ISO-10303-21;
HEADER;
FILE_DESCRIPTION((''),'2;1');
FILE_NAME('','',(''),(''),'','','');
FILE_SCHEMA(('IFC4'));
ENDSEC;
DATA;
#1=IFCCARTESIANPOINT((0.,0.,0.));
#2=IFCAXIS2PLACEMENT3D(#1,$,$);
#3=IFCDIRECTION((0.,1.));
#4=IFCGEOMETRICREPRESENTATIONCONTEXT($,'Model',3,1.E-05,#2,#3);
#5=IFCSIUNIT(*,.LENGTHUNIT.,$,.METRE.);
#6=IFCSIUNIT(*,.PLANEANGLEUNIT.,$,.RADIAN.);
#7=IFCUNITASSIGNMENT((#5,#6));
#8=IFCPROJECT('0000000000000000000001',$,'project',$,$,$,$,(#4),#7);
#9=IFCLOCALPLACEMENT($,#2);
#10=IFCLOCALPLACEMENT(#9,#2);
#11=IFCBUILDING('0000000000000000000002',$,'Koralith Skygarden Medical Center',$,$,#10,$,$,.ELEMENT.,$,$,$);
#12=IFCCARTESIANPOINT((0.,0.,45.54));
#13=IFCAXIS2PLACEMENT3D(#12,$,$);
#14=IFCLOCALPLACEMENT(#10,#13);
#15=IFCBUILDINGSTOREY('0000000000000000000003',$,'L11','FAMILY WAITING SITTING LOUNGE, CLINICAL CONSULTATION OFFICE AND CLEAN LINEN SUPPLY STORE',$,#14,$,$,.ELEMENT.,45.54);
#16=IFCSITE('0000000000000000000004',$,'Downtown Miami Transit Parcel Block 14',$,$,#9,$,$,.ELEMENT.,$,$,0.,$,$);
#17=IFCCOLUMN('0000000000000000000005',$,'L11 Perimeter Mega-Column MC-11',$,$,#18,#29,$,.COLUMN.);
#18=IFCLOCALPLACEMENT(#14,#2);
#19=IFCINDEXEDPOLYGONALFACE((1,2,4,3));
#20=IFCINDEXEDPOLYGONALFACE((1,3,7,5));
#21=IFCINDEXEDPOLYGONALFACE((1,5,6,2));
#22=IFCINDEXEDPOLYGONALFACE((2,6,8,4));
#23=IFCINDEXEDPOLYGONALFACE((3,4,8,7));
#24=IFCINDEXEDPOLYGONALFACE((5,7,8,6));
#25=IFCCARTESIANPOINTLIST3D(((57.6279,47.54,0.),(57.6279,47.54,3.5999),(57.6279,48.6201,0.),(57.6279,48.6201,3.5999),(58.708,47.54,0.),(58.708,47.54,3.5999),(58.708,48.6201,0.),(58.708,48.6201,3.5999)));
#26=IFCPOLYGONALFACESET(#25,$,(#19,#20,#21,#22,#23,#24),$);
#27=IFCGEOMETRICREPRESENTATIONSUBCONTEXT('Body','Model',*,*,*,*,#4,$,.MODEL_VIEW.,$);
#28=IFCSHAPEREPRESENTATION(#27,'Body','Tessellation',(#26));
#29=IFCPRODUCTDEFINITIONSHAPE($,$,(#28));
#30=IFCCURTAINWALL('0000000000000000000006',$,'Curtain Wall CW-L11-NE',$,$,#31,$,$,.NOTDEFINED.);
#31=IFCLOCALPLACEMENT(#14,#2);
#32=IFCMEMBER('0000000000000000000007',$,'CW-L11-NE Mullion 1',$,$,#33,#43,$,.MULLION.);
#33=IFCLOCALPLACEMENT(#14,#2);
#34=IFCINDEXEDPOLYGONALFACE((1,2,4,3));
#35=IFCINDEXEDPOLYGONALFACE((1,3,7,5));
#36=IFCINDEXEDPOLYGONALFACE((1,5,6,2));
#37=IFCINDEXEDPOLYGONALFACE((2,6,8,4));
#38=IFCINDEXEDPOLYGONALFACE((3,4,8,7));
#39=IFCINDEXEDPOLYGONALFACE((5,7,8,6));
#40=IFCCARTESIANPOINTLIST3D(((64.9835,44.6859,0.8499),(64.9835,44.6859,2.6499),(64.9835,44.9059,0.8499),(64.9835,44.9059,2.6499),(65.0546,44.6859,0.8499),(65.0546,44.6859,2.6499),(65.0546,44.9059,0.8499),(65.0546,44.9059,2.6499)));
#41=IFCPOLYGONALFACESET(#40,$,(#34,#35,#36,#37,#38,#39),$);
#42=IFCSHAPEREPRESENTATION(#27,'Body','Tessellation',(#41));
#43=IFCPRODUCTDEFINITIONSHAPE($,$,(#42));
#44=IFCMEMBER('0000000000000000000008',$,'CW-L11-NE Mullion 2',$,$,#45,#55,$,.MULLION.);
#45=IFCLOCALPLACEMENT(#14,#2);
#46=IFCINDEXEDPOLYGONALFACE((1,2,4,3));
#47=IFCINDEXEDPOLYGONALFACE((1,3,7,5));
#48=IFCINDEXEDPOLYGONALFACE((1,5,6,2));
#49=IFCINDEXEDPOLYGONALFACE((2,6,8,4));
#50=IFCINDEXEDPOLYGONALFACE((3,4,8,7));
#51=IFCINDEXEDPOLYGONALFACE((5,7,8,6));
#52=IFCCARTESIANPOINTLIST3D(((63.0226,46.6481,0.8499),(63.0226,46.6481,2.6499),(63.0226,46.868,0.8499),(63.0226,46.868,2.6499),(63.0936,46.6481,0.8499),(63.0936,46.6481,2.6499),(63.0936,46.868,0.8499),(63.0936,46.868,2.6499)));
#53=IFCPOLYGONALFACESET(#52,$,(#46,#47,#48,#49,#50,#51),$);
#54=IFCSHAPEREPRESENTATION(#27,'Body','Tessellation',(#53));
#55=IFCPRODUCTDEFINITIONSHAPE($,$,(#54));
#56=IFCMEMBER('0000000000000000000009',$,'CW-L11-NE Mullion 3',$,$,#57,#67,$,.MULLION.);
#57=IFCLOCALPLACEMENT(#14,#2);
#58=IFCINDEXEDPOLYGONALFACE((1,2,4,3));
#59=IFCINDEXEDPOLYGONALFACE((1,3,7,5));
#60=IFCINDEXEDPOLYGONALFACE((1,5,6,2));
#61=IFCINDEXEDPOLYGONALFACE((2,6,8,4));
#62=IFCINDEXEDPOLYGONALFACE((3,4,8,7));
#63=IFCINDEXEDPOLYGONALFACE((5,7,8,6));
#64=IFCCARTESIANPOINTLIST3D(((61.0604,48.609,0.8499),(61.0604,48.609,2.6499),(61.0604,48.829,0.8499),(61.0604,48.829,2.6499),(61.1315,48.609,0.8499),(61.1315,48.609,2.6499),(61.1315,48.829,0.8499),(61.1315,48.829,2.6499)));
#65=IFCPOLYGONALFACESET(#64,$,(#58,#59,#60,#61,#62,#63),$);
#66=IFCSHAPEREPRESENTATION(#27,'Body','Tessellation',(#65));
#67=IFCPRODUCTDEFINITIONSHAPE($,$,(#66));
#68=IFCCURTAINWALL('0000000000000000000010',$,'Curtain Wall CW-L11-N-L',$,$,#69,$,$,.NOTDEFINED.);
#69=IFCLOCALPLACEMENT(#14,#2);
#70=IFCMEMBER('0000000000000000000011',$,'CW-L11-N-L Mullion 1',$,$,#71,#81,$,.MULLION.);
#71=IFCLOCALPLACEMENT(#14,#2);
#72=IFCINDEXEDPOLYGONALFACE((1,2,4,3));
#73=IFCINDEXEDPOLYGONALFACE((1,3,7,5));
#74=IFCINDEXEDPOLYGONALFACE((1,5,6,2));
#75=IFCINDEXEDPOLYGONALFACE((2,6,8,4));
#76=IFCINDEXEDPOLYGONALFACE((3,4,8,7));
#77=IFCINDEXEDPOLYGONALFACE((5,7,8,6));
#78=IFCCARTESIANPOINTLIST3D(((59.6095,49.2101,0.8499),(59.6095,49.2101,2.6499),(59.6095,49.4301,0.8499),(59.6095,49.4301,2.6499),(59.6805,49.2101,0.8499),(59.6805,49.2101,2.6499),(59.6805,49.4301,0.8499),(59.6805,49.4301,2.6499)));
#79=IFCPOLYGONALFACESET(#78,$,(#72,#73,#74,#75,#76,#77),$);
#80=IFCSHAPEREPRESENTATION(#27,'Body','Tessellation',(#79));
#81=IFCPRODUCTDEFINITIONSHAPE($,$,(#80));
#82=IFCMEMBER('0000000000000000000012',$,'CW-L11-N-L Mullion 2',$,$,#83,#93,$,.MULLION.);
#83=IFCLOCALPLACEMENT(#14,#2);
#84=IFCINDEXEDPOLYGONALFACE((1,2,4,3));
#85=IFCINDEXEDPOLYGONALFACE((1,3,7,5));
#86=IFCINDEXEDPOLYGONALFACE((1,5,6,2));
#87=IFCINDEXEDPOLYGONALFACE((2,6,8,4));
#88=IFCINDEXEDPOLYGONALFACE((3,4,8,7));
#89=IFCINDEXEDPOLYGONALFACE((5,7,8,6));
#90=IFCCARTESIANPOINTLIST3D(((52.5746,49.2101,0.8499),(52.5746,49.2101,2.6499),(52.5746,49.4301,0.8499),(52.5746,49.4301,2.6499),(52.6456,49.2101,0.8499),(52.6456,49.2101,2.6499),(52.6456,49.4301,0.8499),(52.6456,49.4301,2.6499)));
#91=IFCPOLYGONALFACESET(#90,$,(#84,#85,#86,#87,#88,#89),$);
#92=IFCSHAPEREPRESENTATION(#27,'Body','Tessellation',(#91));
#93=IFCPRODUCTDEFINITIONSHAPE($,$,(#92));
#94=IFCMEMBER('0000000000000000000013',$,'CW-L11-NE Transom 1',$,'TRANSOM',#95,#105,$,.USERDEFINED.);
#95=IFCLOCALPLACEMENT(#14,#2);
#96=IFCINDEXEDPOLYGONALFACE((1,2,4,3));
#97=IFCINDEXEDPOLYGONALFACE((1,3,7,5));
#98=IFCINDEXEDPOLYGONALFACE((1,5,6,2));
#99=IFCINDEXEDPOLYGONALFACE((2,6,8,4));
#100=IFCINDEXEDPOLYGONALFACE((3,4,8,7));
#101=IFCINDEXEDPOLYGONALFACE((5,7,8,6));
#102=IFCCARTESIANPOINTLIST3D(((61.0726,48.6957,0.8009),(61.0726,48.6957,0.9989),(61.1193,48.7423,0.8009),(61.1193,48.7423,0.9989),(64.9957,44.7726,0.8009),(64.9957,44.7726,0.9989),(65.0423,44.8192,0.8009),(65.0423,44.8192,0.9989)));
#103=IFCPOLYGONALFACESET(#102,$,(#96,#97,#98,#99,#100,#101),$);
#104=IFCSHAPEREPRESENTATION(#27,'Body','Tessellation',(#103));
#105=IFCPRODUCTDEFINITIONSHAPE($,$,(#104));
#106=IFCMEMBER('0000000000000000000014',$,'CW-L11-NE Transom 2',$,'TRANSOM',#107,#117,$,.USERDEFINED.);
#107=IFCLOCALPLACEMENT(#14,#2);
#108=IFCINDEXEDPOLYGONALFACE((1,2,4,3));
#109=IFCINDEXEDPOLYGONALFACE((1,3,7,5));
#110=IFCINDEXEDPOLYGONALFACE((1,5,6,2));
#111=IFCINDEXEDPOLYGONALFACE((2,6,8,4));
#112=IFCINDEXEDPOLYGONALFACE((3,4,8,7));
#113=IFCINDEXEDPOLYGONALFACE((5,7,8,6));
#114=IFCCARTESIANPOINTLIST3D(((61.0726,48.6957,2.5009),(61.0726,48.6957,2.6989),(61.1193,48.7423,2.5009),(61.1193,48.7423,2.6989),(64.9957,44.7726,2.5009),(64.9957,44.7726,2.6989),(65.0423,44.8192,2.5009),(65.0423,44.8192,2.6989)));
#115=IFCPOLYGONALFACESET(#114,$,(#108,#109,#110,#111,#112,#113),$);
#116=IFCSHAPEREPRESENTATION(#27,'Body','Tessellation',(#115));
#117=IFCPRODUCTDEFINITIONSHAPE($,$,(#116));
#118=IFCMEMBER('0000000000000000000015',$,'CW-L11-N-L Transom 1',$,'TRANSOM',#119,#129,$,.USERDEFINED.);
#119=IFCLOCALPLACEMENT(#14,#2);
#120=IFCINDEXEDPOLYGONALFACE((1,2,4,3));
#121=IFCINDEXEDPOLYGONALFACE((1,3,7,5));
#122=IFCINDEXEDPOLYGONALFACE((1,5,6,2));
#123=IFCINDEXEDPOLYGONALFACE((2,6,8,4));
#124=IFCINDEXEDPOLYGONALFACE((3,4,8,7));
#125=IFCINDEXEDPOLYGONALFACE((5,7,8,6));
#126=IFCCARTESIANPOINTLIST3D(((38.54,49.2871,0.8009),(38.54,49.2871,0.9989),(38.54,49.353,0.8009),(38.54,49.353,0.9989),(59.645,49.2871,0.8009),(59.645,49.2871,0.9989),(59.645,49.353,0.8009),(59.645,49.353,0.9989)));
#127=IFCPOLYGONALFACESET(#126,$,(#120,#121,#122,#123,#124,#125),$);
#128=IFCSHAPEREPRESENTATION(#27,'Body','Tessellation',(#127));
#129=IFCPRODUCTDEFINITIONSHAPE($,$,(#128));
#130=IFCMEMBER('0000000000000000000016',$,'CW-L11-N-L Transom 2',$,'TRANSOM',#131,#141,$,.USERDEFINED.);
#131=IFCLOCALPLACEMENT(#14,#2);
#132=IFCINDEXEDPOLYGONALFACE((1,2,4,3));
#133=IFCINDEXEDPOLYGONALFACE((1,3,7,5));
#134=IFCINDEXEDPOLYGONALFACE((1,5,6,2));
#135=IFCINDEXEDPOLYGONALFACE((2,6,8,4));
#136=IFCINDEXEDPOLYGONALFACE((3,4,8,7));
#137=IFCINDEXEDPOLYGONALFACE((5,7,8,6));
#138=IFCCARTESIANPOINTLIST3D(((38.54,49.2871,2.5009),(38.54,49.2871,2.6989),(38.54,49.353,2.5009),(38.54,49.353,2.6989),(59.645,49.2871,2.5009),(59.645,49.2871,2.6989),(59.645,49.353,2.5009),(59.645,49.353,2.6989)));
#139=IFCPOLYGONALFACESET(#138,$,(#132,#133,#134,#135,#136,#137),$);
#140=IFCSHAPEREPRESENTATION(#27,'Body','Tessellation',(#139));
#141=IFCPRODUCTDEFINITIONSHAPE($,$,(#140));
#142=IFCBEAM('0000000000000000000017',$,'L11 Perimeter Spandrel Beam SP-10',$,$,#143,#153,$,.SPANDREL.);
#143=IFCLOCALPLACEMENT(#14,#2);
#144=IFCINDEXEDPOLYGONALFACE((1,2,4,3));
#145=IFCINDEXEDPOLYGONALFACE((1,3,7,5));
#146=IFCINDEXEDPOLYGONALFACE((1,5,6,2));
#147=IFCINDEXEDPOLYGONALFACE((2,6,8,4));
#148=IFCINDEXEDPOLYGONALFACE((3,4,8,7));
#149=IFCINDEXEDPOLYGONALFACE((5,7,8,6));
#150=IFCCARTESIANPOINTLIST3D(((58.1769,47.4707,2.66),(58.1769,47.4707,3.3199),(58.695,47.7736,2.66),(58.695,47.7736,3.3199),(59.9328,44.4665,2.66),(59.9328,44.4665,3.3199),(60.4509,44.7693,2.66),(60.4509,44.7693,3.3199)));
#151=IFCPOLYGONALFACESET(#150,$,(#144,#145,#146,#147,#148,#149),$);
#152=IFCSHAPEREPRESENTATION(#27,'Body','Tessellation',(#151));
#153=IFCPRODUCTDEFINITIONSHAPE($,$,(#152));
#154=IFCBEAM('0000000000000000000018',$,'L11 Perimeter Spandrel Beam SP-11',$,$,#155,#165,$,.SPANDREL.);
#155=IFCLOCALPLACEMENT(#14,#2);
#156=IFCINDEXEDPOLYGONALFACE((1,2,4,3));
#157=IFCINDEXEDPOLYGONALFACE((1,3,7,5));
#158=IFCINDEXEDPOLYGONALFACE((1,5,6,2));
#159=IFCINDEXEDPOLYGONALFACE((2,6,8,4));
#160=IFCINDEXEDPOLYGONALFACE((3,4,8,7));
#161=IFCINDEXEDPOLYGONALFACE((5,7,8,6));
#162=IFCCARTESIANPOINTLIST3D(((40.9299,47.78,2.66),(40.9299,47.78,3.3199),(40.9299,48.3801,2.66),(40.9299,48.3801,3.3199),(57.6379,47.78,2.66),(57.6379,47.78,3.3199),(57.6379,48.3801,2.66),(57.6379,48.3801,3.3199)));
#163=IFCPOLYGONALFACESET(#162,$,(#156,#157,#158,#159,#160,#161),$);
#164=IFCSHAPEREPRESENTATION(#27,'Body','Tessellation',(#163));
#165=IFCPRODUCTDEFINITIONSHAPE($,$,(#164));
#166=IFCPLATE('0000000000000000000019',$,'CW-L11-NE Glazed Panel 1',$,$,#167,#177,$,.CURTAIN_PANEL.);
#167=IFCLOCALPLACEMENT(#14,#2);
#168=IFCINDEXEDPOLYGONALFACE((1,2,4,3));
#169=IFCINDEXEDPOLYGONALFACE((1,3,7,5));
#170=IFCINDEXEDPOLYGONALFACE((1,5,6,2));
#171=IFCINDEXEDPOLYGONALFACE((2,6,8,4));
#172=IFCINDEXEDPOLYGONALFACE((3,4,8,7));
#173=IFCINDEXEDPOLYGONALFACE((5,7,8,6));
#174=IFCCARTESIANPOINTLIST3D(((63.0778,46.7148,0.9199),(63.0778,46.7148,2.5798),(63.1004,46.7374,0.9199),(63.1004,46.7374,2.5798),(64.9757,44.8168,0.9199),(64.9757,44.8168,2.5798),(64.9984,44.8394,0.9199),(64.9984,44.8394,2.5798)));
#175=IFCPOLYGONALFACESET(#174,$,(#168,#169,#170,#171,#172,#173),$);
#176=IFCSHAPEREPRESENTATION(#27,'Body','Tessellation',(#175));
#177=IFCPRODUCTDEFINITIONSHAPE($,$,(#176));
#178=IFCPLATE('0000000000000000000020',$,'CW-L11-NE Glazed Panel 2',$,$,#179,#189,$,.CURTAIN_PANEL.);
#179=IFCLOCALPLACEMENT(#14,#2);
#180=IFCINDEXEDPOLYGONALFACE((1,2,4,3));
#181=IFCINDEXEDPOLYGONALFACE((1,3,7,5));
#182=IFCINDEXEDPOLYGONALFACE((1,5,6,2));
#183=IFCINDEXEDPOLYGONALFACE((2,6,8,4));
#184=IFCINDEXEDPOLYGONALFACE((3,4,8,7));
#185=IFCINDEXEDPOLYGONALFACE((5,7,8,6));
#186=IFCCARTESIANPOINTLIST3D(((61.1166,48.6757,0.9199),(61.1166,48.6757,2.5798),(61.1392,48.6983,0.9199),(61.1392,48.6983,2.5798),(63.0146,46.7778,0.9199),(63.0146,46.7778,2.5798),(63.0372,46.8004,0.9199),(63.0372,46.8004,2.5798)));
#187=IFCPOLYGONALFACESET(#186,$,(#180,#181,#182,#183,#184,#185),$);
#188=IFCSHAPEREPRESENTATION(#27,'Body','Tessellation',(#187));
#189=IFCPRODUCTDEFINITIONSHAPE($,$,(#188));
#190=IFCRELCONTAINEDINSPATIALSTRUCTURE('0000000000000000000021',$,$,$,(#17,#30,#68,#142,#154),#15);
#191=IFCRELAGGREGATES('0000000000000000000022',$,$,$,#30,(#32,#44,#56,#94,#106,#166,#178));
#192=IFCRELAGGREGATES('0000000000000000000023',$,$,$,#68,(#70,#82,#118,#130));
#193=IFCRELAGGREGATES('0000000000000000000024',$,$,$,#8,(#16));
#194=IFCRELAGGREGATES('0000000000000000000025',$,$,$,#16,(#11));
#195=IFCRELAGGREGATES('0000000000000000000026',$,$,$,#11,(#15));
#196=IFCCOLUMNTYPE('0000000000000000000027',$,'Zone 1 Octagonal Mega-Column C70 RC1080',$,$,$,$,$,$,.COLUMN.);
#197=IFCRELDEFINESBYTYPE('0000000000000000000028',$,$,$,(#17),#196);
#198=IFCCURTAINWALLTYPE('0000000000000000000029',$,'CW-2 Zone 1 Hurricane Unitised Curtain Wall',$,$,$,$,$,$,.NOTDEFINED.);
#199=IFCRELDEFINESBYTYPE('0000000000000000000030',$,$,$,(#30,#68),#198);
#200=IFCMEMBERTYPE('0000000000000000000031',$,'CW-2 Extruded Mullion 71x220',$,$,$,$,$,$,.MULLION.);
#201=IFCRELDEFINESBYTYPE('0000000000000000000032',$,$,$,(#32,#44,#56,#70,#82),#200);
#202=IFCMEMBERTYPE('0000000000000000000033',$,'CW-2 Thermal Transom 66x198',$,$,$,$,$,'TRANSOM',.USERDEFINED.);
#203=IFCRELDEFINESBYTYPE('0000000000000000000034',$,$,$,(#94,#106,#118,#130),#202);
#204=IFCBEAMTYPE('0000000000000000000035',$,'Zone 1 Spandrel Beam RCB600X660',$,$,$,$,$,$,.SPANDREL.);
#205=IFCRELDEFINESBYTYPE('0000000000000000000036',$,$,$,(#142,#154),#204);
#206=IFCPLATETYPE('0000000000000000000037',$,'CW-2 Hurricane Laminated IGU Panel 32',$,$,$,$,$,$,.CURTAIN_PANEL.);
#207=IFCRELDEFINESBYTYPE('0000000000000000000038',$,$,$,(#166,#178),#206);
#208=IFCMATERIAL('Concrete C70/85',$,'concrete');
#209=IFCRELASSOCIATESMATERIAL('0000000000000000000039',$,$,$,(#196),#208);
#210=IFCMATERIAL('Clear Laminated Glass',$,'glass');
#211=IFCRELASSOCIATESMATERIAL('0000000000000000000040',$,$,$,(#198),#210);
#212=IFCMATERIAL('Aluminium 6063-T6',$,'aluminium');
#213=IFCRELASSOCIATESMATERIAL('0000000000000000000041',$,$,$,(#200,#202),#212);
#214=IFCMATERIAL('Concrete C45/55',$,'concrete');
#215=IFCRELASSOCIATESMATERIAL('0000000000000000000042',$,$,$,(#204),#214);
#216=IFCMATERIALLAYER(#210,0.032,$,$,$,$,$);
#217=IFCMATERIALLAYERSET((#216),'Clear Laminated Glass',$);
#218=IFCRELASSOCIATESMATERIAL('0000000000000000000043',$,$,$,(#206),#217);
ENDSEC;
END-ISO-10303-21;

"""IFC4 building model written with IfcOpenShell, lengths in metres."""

from ifc_helpers import new_model, si_unit, direction, frame, origin, origin_2d, place, context, subcontext, project, spatial, rectangle, extrude, material, layer, layer_set, material_profile, profile_set, type_object, element, aggregate, save


model = new_model("IFC4")

# Units and contexts
model_context = context("Model", 3, precision=1e-05, world=origin(), true_north=direction((0.0, 1.0)))
body_context = subcontext(model_context, "Body", "Model", "MODEL_VIEW")
ifc_project = project(units=[si_unit("LENGTHUNIT", "METRE"), si_unit("PLANEANGLEUNIT", "RADIAN")], contexts=[model_context])

# Site, building, storey
site_placement = place(None, origin())
site = spatial("IfcSite", under=ifc_project, at=site_placement, Name="Downtown Miami Transit Parcel Block 14", CompositionType="ELEMENT", RefElevation=0.0)
building_placement = place(site_placement, origin())
building = spatial("IfcBuilding", under=site, at=building_placement, Name="Koralith Skygarden Medical Center", CompositionType="ELEMENT")
storey_placement = place(building_placement, frame((0.0, 0.0, 45.54)))
storey = spatial("IfcBuildingStorey", under=building, at=storey_placement, Name="L11", Description="FAMILY WAITING SITTING LOUNGE, CLINICAL CONSULTATION OFFICE AND CLEAN LINEN SUPPLY STORE", CompositionType="ELEMENT", Elevation=45.54)

# Column
ifc_material_1 = material(Name="Concrete C70/85", Category="concrete")
ifc_material_profile_1 = material_profile(ifc_material_1, rectangle(XDim=1.0801, YDim=1.0801, at=origin_2d()), Name="RC1080X1080")
ifc_profile_set_1 = profile_set([ifc_material_profile_1], Name="Concrete C70/85")
column_type = type_object("IfcColumnType", Name="Zone 1 Octagonal Mega-Column C70 RC1080", PredefinedType="COLUMN", material=ifc_profile_set_1)
column_placement = place(storey_placement, frame((58.168, 48.0801, 0.0), z_axis=(0.0, 0.0, 1.0), x_axis=(1.0, 0.0, 0.0)))
element("IfcColumn", 1, at=column_placement, inside=storey, type_object=column_type, Name="L11 Perimeter Mega-Column MC-11", PredefinedType="COLUMN", context=body_context, shape_type="SweptSolid", body=[
    extrude(rectangle(XDim=1.0801, YDim=1.0801, at=origin_2d()), origin(), (0.0, 0.0, 1.0), 3.5999),
])

# Curtain walls, members
ifc_material_2 = material(Name="Clear Laminated Glass", Category="glass")
curtain_wall_type = type_object("IfcCurtainWallType", Name="CW-2 Zone 1 Hurricane Unitised Curtain Wall", PredefinedType="NOTDEFINED", material=ifc_material_2)
curtain_wall_1_placement = place(storey_placement, origin())
curtain_wall_1 = element("IfcCurtainWall", 2, at=curtain_wall_1_placement, inside=storey, type_object=curtain_wall_type, Name="Curtain Wall CW-L11-NE", PredefinedType="NOTDEFINED")
ifc_material_3 = material(Name="Aluminium 6063-T6", Category="aluminium")
ifc_material_profile_2 = material_profile(ifc_material_3, rectangle(XDim=0.071, YDim=0.22, at=origin_2d()), Name="MUL71X220")
ifc_profile_set_2 = profile_set([ifc_material_profile_2], Name="Aluminium 6063-T6")
member_type_1 = type_object("IfcMemberType", Name="CW-2 Extruded Mullion 71x220", PredefinedType="MULLION", material=ifc_profile_set_2)
member_1_placement = place(storey_placement, frame((65.019, 44.7959, 0.8499), z_axis=(0.0, 0.0, 1.0), x_axis=(1.0, 0.0, 0.0)))
member_1 = element("IfcMember", 3, at=member_1_placement, type_object=member_type_1, Name="CW-L11-NE Mullion 1", PredefinedType="MULLION", context=body_context, shape_type="SweptSolid", body=[
    extrude(rectangle(XDim=0.071, YDim=0.22, at=origin_2d()), origin(), (0.0, 0.0, 1.0), 1.8),
])
member_2_placement = place(storey_placement, frame((63.0581, 46.7581, 0.8499), z_axis=(0.0, 0.0, 1.0), x_axis=(1.0, 0.0, 0.0)))
member_2 = element("IfcMember", 4, at=member_2_placement, type_object=member_type_1, Name="CW-L11-NE Mullion 2", PredefinedType="MULLION", context=body_context, shape_type="SweptSolid", body=[
    extrude(rectangle(XDim=0.071, YDim=0.22, at=origin_2d()), origin(), (0.0, 0.0, 1.0), 1.8),
])
member_3_placement = place(storey_placement, frame((61.0959, 48.719, 0.8499), z_axis=(0.0, 0.0, 1.0), x_axis=(1.0, 0.0, 0.0)))
member_3 = element("IfcMember", 5, at=member_3_placement, type_object=member_type_1, Name="CW-L11-NE Mullion 3", PredefinedType="MULLION", context=body_context, shape_type="SweptSolid", body=[
    extrude(rectangle(XDim=0.071, YDim=0.22, at=origin_2d()), origin(), (0.0, 0.0, 1.0), 1.8),
])
curtain_wall_2_placement = place(storey_placement, origin())
curtain_wall_2 = element("IfcCurtainWall", 6, at=curtain_wall_2_placement, inside=storey, type_object=curtain_wall_type, Name="Curtain Wall CW-L11-N-L", PredefinedType="NOTDEFINED")
member_4_placement = place(storey_placement, frame((59.645, 49.3201, 0.8499), z_axis=(0.0, 0.0, 1.0), x_axis=(1.0, 0.0, 0.0)))
member_4 = element("IfcMember", 7, at=member_4_placement, type_object=member_type_1, Name="CW-L11-N-L Mullion 1", PredefinedType="MULLION", context=body_context, shape_type="SweptSolid", body=[
    extrude(rectangle(XDim=0.071, YDim=0.22, at=origin_2d()), origin(), (0.0, 0.0, 1.0), 1.8),
])
member_5_placement = place(storey_placement, frame((52.6101, 49.3201, 0.8499), z_axis=(0.0, 0.0, 1.0), x_axis=(1.0, 0.0, 0.0)))
member_5 = element("IfcMember", 8, at=member_5_placement, type_object=member_type_1, Name="CW-L11-N-L Mullion 2", PredefinedType="MULLION", context=body_context, shape_type="SweptSolid", body=[
    extrude(rectangle(XDim=0.071, YDim=0.22, at=origin_2d()), origin(), (0.0, 0.0, 1.0), 1.8),
])

# Members
ifc_material_profile_3 = material_profile(ifc_material_3, rectangle(XDim=0.0659, YDim=0.198, at=origin_2d()), Name="TRN66X198")
ifc_profile_set_3 = profile_set([ifc_material_profile_3], Name="Aluminium 6063-T6")
member_type_2 = type_object("IfcMemberType", Name="CW-2 Thermal Transom 66x198", ElementType="TRANSOM", PredefinedType="USERDEFINED", material=ifc_profile_set_3)
member_6_placement = place(storey_placement, frame((65.019, 44.7959, 0.8999), z_axis=(-0.707107, 0.707107, 0.0), x_axis=(-0.707107, -0.707107, 0.0)))
member_6 = element("IfcMember", 9, at=member_6_placement, type_object=member_type_2, Name="CW-L11-NE Transom 1", ObjectType="TRANSOM", PredefinedType="USERDEFINED", context=body_context, shape_type="SweptSolid", body=[
    extrude(rectangle(XDim=0.0659, YDim=0.198, at=origin_2d()), origin(), (0.0, 0.0, 1.0), 5.5481),
])
member_7_placement = place(storey_placement, frame((65.019, 44.7959, 2.5999), z_axis=(-0.707107, 0.707107, 0.0), x_axis=(-0.707107, -0.707107, 0.0)))
member_7 = element("IfcMember", 10, at=member_7_placement, type_object=member_type_2, Name="CW-L11-NE Transom 2", ObjectType="TRANSOM", PredefinedType="USERDEFINED", context=body_context, shape_type="SweptSolid", body=[
    extrude(rectangle(XDim=0.0659, YDim=0.198, at=origin_2d()), origin(), (0.0, 0.0, 1.0), 5.5481),
])
member_8_placement = place(storey_placement, frame((59.645, 49.3201, 0.8999), z_axis=(-1.0, 0.0, 0.0), x_axis=(0.0, -1.0, 0.0)))
member_8 = element("IfcMember", 11, at=member_8_placement, type_object=member_type_2, Name="CW-L11-N-L Transom 1", ObjectType="TRANSOM", PredefinedType="USERDEFINED", context=body_context, shape_type="SweptSolid", body=[
    extrude(rectangle(XDim=0.0659, YDim=0.198, at=origin_2d()), origin(), (0.0, 0.0, 1.0), 21.105),
])
member_9_placement = place(storey_placement, frame((59.645, 49.3201, 2.5999), z_axis=(-1.0, 0.0, 0.0), x_axis=(0.0, -1.0, 0.0)))
member_9 = element("IfcMember", 12, at=member_9_placement, type_object=member_type_2, Name="CW-L11-N-L Transom 2", ObjectType="TRANSOM", PredefinedType="USERDEFINED", context=body_context, shape_type="SweptSolid", body=[
    extrude(rectangle(XDim=0.0659, YDim=0.198, at=origin_2d()), origin(), (0.0, 0.0, 1.0), 21.105),
])

# Beams
ifc_material_4 = material(Name="Concrete C45/55", Category="concrete")
ifc_material_profile_4 = material_profile(ifc_material_4, rectangle(XDim=0.6001, YDim=0.6599, at=origin_2d()), Name="RCB600X660")
ifc_profile_set_4 = profile_set([ifc_material_profile_4], Name="Concrete C45/55")
beam_type = type_object("IfcBeamType", Name="Zone 1 Spandrel Beam RCB600X660", PredefinedType="SPANDREL", material=ifc_profile_set_4)
beam_1_placement = place(storey_placement, frame((60.1919, 44.6179, 2.99), z_axis=(-0.504608, 0.863349, 0.0), x_axis=(-0.863349, -0.504608, 0.0)))
element("IfcBeam", 13, at=beam_1_placement, inside=storey, type_object=beam_type, Name="L11 Perimeter Spandrel Beam SP-10", PredefinedType="SPANDREL", context=body_context, shape_type="SweptSolid", body=[
    extrude(rectangle(XDim=0.6001, YDim=0.6599, at=origin_2d()), origin(), (0.0, 0.0, 1.0), 3.4797),
])
beam_2_placement = place(storey_placement, frame((57.6379, 48.0801, 2.99), z_axis=(-1.0, 0.0, 0.0), x_axis=(0.0, -1.0, 0.0)))
element("IfcBeam", 14, at=beam_2_placement, inside=storey, type_object=beam_type, Name="L11 Perimeter Spandrel Beam SP-11", PredefinedType="SPANDREL", context=body_context, shape_type="SweptSolid", body=[
    extrude(rectangle(XDim=0.6001, YDim=0.6599, at=origin_2d()), origin(), (0.0, 0.0, 1.0), 16.708),
])

# Plates
ifc_layer_1 = layer(ifc_material_2, 0.032)
ifc_layer_set_1 = layer_set([ifc_layer_1], Name="Clear Laminated Glass")
plate_type_1 = type_object("IfcPlateType", Name="CW-2 Hurricane Laminated IGU Panel 32", PredefinedType="CURTAIN_PANEL", material=ifc_layer_set_1)
plate_1_placement = place(storey_placement, frame((64.0381, 45.7771, 0.9199), z_axis=(0.0, 0.0, 1.0), x_axis=(-0.707107, 0.707107, 0.0)))
plate_1 = element("IfcPlate", 15, at=plate_1_placement, type_object=plate_type_1, Name="CW-L11-NE Glazed Panel 1", PredefinedType="CURTAIN_PANEL", context=body_context, shape_type="SweptSolid", body=[
    extrude(rectangle(XDim=2.6841, YDim=0.032, at=origin_2d()), origin(), (0.0, 0.0, 1.0), 1.6599),
])
plate_2_placement = place(storey_placement, frame((62.0769, 47.738, 0.9199), z_axis=(0.0, 0.0, 1.0), x_axis=(-0.707107, 0.707107, 0.0)))
plate_2 = element("IfcPlate", 16, at=plate_2_placement, type_object=plate_type_1, Name="CW-L11-NE Glazed Panel 2", PredefinedType="CURTAIN_PANEL", context=body_context, shape_type="SweptSolid", body=[
    extrude(rectangle(XDim=2.6841, YDim=0.032, at=origin_2d()), origin(), (0.0, 0.0, 1.0), 1.6599),
])
aggregate(curtain_wall_1, [member_1, member_2, member_3, member_6, member_7, plate_1, plate_2])
aggregate(curtain_wall_2, [member_4, member_5, member_8, member_9])

save(model, "model.ifc")
